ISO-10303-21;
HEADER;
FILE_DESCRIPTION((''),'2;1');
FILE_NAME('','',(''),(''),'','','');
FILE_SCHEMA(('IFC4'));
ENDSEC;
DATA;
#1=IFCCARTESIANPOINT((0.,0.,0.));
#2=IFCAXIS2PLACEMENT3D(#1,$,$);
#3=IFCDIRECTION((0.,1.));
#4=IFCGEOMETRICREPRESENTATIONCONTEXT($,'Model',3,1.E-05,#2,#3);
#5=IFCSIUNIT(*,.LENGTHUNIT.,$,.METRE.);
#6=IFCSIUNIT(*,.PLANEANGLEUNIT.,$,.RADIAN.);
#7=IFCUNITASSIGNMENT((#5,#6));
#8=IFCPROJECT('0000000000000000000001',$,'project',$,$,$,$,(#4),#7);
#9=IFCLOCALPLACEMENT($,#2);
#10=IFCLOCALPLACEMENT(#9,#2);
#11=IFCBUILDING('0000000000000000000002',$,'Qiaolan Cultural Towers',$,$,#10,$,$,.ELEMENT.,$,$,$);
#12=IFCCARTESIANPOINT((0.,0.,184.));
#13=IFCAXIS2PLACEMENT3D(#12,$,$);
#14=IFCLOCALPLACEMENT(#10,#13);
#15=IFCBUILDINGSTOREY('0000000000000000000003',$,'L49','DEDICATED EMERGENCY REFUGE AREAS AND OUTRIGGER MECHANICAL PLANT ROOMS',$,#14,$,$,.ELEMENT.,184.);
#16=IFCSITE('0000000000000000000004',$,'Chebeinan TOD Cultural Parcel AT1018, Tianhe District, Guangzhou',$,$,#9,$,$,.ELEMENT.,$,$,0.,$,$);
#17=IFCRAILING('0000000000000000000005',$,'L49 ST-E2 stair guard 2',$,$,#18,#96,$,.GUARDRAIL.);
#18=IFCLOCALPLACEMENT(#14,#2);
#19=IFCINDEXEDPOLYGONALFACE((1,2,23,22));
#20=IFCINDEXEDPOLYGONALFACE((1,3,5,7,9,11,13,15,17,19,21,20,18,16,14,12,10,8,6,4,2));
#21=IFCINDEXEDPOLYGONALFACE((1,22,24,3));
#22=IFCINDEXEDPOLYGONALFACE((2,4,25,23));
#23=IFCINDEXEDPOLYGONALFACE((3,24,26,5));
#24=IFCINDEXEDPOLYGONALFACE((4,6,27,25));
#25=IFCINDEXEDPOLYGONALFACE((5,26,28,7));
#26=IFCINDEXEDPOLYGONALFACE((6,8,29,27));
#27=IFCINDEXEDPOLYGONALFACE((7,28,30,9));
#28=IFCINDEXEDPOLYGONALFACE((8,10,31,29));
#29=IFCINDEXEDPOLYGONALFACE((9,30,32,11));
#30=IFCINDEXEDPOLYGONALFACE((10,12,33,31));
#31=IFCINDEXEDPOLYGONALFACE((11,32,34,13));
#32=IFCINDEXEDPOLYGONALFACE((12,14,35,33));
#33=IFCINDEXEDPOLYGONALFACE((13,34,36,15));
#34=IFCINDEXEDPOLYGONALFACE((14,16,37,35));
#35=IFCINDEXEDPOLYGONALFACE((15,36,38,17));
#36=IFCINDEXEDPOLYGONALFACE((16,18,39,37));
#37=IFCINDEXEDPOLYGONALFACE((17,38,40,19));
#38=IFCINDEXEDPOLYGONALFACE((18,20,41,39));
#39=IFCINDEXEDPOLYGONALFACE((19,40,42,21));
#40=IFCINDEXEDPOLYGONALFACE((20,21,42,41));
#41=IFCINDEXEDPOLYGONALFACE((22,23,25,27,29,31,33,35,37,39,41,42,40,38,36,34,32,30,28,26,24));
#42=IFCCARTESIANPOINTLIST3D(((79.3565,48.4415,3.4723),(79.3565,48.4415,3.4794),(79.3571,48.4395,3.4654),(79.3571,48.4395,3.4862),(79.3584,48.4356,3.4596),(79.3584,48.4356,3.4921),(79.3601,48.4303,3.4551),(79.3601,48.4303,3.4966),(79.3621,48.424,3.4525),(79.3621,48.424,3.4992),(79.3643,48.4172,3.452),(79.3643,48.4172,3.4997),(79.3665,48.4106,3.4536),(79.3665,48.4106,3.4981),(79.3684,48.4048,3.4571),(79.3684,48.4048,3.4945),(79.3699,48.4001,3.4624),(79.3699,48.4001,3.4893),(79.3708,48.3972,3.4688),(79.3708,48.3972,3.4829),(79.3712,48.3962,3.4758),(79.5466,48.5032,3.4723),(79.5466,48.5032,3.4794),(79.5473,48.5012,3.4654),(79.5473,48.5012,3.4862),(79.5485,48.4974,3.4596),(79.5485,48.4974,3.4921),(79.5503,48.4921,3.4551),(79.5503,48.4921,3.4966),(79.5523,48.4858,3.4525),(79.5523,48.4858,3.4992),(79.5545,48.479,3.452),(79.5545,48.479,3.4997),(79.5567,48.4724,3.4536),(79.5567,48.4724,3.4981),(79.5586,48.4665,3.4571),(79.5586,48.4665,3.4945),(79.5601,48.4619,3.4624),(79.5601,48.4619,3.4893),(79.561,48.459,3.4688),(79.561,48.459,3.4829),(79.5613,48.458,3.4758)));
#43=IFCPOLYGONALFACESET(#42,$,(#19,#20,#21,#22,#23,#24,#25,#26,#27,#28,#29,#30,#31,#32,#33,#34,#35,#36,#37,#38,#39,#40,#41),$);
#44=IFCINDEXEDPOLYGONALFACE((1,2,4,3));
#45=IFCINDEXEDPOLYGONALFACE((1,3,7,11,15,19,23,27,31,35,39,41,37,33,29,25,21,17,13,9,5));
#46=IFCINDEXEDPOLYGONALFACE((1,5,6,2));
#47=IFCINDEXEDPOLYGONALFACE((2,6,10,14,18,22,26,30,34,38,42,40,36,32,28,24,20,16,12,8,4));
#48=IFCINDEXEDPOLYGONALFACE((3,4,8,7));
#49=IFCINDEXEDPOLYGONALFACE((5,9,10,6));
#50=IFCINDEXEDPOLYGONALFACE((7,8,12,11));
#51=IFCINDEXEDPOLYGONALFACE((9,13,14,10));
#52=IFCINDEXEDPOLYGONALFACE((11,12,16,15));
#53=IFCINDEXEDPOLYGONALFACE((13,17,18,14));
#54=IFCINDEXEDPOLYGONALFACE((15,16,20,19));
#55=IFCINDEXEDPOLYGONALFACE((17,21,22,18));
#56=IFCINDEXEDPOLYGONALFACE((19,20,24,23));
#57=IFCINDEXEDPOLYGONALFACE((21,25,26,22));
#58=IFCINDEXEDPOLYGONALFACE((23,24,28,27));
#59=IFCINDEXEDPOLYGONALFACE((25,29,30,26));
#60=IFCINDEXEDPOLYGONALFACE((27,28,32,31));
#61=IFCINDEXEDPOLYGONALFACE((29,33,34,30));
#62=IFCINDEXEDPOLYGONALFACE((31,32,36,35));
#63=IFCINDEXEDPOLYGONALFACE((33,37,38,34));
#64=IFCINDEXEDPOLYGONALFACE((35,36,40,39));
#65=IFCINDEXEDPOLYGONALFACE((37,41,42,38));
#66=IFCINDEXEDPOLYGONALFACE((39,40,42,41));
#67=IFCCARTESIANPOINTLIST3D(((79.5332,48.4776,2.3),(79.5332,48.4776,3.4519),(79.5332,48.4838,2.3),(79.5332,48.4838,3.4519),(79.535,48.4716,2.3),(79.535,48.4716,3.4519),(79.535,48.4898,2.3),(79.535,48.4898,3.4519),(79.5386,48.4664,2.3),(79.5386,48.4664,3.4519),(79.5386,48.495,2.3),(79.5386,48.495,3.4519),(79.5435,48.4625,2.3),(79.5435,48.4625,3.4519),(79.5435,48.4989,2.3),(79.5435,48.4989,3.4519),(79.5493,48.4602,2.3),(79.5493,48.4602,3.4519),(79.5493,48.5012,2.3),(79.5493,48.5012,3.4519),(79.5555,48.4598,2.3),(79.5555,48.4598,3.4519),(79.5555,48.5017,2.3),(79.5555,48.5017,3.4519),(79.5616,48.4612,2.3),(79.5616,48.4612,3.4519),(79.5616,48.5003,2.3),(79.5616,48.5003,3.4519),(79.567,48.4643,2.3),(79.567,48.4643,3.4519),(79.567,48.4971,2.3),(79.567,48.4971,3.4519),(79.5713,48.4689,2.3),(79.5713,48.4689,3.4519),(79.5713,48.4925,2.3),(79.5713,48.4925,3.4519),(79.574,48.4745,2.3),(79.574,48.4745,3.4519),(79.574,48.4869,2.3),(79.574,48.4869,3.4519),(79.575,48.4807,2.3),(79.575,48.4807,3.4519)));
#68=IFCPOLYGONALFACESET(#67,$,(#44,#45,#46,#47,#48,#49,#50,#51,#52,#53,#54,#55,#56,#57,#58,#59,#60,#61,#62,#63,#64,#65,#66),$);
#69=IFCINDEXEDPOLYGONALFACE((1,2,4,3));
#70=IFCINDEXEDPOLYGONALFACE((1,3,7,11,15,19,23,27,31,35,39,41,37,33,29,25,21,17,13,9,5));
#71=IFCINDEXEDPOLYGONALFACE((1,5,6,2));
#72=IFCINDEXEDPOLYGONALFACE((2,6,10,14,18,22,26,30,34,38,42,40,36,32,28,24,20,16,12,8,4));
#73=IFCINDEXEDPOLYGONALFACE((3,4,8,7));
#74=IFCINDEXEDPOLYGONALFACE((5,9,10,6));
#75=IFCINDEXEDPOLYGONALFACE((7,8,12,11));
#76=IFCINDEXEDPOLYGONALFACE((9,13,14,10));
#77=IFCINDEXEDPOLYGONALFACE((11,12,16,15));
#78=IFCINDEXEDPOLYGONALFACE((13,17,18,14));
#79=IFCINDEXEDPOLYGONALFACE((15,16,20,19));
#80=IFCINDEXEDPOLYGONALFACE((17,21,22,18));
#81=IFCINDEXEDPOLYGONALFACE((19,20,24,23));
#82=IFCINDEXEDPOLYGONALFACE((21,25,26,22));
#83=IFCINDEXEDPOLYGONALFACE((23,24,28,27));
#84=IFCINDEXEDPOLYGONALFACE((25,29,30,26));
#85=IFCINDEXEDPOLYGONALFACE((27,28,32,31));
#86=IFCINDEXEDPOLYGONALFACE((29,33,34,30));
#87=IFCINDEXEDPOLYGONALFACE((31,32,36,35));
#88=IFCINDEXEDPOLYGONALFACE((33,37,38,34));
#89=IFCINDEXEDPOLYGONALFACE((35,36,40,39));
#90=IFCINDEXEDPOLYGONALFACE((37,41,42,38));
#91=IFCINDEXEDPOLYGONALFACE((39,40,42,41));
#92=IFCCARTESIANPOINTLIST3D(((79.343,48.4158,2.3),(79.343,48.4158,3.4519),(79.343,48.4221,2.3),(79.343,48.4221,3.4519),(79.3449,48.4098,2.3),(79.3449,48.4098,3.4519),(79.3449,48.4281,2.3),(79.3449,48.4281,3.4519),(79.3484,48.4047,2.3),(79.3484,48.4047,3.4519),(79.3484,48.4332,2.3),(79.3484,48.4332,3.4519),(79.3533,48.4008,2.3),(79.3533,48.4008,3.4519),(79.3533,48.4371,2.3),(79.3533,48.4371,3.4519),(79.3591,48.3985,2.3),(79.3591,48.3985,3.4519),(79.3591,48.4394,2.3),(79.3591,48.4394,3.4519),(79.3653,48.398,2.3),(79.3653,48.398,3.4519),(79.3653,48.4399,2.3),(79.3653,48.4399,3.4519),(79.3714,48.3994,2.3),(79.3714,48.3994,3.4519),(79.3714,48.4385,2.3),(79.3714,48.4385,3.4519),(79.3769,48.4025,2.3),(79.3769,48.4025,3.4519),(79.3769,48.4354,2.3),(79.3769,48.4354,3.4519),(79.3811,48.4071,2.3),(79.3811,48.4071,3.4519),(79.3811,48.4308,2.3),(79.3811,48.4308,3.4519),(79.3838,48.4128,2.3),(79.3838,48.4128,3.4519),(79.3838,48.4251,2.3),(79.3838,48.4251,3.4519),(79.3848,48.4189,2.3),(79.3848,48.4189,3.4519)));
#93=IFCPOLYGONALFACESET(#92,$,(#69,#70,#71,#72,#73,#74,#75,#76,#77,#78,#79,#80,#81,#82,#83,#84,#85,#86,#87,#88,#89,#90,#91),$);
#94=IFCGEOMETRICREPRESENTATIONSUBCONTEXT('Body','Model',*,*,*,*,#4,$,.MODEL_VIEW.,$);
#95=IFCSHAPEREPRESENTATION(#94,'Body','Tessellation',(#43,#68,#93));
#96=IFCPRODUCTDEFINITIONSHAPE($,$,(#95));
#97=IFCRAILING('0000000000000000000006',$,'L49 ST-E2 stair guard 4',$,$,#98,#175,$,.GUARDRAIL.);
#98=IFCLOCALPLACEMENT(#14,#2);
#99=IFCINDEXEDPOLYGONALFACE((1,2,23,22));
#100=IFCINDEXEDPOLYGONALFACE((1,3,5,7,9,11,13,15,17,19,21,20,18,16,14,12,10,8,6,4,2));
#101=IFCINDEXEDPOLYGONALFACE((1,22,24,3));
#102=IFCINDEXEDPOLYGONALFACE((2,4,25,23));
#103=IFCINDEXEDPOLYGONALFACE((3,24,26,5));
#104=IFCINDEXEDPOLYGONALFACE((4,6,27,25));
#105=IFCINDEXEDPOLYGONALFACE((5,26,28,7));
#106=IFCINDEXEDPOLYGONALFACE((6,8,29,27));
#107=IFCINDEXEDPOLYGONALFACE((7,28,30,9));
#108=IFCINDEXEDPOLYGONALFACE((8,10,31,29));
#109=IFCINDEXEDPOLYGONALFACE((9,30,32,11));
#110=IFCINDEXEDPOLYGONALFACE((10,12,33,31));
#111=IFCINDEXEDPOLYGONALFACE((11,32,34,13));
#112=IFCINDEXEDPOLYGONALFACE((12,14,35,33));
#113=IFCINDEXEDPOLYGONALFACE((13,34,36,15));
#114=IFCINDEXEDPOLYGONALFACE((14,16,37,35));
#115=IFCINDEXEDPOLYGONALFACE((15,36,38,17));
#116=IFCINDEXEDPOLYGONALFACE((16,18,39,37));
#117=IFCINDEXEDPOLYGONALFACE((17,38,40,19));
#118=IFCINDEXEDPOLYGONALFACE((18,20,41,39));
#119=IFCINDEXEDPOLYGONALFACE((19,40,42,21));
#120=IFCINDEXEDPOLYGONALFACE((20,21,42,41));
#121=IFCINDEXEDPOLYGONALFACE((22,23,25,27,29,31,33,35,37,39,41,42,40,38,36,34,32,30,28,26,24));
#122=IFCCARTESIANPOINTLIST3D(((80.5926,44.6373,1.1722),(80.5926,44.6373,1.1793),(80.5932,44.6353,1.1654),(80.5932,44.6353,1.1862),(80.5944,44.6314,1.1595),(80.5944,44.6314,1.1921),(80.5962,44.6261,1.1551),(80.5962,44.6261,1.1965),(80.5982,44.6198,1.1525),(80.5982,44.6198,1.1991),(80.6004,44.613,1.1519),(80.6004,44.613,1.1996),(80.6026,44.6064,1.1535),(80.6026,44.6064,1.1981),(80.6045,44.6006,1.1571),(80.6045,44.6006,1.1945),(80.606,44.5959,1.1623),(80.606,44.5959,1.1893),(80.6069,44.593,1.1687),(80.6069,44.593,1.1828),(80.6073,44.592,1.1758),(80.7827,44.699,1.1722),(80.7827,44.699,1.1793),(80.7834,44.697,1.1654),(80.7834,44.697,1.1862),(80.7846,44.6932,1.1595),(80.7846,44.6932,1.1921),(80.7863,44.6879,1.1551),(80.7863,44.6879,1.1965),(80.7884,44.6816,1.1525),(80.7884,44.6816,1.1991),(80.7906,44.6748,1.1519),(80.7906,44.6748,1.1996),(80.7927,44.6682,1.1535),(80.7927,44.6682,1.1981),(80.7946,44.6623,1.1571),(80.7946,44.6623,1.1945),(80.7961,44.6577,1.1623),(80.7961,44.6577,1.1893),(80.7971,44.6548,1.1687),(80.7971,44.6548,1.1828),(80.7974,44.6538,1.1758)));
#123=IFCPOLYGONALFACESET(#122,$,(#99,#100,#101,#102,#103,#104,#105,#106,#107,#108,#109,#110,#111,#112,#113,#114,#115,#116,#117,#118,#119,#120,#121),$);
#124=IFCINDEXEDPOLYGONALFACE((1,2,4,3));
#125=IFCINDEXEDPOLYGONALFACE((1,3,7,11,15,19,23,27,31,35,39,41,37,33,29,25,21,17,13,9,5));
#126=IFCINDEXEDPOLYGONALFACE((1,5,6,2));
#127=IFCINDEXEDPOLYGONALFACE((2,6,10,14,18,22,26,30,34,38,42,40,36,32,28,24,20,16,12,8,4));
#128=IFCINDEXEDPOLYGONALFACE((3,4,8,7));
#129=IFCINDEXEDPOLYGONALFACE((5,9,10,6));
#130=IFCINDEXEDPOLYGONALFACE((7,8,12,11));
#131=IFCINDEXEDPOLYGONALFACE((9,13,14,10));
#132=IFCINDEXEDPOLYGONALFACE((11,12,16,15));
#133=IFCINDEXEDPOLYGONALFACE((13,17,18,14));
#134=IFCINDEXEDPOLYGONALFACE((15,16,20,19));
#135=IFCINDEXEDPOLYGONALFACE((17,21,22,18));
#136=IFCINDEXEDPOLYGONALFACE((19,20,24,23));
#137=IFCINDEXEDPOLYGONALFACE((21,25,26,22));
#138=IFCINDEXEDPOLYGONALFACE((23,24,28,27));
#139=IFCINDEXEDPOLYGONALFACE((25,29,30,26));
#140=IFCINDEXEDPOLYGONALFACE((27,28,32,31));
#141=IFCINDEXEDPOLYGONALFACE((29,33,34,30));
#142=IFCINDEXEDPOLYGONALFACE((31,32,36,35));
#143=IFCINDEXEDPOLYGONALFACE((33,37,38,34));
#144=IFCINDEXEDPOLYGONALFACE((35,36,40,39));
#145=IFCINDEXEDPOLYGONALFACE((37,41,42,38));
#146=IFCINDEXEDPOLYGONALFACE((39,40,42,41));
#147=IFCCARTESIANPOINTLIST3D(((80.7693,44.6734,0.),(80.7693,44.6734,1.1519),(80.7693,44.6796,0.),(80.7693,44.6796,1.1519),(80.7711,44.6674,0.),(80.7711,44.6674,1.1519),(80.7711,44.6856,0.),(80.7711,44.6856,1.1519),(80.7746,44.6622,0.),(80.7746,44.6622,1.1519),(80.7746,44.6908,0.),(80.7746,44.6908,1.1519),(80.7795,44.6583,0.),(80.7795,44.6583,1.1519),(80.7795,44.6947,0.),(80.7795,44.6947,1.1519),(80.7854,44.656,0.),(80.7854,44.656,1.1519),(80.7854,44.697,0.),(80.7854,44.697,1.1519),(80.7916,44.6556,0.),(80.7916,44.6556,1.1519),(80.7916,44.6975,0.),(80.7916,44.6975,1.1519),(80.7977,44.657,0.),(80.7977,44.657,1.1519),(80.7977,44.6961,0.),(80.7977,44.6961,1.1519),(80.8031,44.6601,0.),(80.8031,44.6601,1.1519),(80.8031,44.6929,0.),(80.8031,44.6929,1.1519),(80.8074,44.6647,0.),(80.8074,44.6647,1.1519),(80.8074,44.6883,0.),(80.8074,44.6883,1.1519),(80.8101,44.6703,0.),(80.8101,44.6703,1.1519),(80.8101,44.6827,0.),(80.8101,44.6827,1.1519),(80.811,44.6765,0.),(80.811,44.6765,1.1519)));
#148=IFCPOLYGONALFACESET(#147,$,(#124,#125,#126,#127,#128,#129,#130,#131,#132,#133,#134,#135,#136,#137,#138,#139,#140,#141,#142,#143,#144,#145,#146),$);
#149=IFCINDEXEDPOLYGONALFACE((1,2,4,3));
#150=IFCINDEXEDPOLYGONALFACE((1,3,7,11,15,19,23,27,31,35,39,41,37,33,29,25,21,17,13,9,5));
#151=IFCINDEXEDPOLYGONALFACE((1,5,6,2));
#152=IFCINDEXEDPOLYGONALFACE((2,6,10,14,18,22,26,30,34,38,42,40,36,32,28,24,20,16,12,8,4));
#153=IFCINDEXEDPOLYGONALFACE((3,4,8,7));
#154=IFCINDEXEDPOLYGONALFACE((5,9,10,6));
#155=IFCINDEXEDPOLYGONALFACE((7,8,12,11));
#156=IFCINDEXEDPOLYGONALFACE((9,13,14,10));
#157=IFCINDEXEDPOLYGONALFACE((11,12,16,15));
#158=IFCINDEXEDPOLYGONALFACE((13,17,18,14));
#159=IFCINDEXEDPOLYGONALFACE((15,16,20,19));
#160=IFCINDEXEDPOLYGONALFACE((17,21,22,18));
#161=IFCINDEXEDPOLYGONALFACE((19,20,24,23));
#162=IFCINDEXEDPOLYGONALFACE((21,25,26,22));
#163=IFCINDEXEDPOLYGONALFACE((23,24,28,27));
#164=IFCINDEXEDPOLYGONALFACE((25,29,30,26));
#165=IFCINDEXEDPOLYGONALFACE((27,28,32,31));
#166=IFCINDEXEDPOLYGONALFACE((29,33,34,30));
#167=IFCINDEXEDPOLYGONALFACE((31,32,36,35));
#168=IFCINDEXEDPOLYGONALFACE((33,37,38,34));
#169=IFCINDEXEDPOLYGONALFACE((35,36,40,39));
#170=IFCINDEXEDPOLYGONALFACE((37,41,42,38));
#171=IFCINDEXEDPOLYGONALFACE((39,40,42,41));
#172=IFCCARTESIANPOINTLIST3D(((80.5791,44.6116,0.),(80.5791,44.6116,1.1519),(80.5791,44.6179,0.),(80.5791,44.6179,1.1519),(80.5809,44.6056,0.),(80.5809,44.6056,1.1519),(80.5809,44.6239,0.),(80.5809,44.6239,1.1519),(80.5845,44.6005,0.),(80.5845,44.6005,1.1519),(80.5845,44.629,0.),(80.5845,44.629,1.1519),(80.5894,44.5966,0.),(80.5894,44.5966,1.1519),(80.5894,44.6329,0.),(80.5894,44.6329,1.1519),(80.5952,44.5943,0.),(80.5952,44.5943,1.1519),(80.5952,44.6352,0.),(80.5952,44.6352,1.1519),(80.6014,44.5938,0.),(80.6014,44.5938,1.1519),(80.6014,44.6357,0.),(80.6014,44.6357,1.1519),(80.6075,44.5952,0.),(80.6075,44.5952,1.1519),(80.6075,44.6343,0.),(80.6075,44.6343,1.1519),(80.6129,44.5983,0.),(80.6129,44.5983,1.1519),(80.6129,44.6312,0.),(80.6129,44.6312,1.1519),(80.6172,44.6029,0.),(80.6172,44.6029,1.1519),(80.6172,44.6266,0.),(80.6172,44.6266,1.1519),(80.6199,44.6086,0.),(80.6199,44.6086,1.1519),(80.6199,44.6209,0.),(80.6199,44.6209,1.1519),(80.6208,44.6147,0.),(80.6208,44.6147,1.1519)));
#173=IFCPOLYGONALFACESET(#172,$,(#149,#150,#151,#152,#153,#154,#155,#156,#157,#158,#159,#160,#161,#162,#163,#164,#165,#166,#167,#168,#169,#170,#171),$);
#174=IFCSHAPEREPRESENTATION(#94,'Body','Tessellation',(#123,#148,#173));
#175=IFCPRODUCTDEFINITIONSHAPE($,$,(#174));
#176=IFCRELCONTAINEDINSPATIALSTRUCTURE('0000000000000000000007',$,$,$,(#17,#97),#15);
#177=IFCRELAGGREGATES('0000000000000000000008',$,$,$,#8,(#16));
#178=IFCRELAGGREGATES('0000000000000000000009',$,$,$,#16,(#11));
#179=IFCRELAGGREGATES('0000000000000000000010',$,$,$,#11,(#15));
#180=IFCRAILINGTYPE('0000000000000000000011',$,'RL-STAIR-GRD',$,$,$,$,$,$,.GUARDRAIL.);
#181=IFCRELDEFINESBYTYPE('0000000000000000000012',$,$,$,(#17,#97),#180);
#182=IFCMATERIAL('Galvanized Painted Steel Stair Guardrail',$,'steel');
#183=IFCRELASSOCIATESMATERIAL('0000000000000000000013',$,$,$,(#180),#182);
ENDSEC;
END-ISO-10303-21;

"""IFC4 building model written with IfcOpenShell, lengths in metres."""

from ifc_helpers import new_model, si_unit, direction, frame, origin, origin_2d, place, context, subcontext, project, spatial, circle, extrude, material, type_object, element, save


model = new_model("IFC4")

# Units and contexts
model_context = context("Model", 3, precision=1e-05, world=origin(), true_north=direction((0.0, 1.0)))
body_context = subcontext(model_context, "Body", "Model", "MODEL_VIEW")
ifc_project = project(units=[si_unit("LENGTHUNIT", "METRE"), si_unit("PLANEANGLEUNIT", "RADIAN")], contexts=[model_context])

# Site, building, storey
site_placement = place(None, origin())
site = spatial("IfcSite", under=ifc_project, at=site_placement, Name="Chebeinan TOD Cultural Parcel AT1018, Tianhe District, Guangzhou", CompositionType="ELEMENT", RefElevation=0.0)
building_placement = place(site_placement, origin())
building = spatial("IfcBuilding", under=site, at=building_placement, Name="Qiaolan Cultural Towers", CompositionType="ELEMENT")
storey_placement = place(building_placement, frame((0.0, 0.0, 184.0)))
storey = spatial("IfcBuildingStorey", under=building, at=storey_placement, Name="L49", Description="DEDICATED EMERGENCY REFUGE AREAS AND OUTRIGGER MECHANICAL PLANT ROOMS", CompositionType="ELEMENT", Elevation=184.0)

# Railings
ifc_material_1 = material(Name="Galvanized Painted Steel Stair Guardrail", Category="steel")
railing_type_1 = type_object("IfcRailingType", Name="RL-STAIR-GRD", PredefinedType="GUARDRAIL", material=ifc_material_1)
for number, where, name in (
    (1, (79.554, 48.4807, 2.3), "L49 ST-E2 stair guard 2"),
    (2, (80.79, 44.6765, 0.0), "L49 ST-E2 stair guard 4"),
):
    element("IfcRailing", number, at=place(storey_placement, frame(where)), inside=storey, type_object=railing_type_1, Name=name, PredefinedType="GUARDRAIL", context=body_context, shape_type="SweptSolid", body=[
        extrude(circle(Radius=0.0239, at=origin_2d()), frame((0.0, 0.0, 1.1758), z_axis=(-0.951097, -0.308893, 0.0), x_axis=(0.308893, -0.951097, 0.0)), (0.0, 0.0, 1.0), 0.2),
        extrude(circle(Radius=0.021, at=origin_2d()), origin(), (0.0, 0.0, 1.0), 1.1519),
        extrude(circle(Radius=0.021, at=origin_2d()), frame((-0.1902, -0.0618, 0.0)), (0.0, 0.0, 1.0), 1.1519),
    ])

save(model, "model.ifc")
